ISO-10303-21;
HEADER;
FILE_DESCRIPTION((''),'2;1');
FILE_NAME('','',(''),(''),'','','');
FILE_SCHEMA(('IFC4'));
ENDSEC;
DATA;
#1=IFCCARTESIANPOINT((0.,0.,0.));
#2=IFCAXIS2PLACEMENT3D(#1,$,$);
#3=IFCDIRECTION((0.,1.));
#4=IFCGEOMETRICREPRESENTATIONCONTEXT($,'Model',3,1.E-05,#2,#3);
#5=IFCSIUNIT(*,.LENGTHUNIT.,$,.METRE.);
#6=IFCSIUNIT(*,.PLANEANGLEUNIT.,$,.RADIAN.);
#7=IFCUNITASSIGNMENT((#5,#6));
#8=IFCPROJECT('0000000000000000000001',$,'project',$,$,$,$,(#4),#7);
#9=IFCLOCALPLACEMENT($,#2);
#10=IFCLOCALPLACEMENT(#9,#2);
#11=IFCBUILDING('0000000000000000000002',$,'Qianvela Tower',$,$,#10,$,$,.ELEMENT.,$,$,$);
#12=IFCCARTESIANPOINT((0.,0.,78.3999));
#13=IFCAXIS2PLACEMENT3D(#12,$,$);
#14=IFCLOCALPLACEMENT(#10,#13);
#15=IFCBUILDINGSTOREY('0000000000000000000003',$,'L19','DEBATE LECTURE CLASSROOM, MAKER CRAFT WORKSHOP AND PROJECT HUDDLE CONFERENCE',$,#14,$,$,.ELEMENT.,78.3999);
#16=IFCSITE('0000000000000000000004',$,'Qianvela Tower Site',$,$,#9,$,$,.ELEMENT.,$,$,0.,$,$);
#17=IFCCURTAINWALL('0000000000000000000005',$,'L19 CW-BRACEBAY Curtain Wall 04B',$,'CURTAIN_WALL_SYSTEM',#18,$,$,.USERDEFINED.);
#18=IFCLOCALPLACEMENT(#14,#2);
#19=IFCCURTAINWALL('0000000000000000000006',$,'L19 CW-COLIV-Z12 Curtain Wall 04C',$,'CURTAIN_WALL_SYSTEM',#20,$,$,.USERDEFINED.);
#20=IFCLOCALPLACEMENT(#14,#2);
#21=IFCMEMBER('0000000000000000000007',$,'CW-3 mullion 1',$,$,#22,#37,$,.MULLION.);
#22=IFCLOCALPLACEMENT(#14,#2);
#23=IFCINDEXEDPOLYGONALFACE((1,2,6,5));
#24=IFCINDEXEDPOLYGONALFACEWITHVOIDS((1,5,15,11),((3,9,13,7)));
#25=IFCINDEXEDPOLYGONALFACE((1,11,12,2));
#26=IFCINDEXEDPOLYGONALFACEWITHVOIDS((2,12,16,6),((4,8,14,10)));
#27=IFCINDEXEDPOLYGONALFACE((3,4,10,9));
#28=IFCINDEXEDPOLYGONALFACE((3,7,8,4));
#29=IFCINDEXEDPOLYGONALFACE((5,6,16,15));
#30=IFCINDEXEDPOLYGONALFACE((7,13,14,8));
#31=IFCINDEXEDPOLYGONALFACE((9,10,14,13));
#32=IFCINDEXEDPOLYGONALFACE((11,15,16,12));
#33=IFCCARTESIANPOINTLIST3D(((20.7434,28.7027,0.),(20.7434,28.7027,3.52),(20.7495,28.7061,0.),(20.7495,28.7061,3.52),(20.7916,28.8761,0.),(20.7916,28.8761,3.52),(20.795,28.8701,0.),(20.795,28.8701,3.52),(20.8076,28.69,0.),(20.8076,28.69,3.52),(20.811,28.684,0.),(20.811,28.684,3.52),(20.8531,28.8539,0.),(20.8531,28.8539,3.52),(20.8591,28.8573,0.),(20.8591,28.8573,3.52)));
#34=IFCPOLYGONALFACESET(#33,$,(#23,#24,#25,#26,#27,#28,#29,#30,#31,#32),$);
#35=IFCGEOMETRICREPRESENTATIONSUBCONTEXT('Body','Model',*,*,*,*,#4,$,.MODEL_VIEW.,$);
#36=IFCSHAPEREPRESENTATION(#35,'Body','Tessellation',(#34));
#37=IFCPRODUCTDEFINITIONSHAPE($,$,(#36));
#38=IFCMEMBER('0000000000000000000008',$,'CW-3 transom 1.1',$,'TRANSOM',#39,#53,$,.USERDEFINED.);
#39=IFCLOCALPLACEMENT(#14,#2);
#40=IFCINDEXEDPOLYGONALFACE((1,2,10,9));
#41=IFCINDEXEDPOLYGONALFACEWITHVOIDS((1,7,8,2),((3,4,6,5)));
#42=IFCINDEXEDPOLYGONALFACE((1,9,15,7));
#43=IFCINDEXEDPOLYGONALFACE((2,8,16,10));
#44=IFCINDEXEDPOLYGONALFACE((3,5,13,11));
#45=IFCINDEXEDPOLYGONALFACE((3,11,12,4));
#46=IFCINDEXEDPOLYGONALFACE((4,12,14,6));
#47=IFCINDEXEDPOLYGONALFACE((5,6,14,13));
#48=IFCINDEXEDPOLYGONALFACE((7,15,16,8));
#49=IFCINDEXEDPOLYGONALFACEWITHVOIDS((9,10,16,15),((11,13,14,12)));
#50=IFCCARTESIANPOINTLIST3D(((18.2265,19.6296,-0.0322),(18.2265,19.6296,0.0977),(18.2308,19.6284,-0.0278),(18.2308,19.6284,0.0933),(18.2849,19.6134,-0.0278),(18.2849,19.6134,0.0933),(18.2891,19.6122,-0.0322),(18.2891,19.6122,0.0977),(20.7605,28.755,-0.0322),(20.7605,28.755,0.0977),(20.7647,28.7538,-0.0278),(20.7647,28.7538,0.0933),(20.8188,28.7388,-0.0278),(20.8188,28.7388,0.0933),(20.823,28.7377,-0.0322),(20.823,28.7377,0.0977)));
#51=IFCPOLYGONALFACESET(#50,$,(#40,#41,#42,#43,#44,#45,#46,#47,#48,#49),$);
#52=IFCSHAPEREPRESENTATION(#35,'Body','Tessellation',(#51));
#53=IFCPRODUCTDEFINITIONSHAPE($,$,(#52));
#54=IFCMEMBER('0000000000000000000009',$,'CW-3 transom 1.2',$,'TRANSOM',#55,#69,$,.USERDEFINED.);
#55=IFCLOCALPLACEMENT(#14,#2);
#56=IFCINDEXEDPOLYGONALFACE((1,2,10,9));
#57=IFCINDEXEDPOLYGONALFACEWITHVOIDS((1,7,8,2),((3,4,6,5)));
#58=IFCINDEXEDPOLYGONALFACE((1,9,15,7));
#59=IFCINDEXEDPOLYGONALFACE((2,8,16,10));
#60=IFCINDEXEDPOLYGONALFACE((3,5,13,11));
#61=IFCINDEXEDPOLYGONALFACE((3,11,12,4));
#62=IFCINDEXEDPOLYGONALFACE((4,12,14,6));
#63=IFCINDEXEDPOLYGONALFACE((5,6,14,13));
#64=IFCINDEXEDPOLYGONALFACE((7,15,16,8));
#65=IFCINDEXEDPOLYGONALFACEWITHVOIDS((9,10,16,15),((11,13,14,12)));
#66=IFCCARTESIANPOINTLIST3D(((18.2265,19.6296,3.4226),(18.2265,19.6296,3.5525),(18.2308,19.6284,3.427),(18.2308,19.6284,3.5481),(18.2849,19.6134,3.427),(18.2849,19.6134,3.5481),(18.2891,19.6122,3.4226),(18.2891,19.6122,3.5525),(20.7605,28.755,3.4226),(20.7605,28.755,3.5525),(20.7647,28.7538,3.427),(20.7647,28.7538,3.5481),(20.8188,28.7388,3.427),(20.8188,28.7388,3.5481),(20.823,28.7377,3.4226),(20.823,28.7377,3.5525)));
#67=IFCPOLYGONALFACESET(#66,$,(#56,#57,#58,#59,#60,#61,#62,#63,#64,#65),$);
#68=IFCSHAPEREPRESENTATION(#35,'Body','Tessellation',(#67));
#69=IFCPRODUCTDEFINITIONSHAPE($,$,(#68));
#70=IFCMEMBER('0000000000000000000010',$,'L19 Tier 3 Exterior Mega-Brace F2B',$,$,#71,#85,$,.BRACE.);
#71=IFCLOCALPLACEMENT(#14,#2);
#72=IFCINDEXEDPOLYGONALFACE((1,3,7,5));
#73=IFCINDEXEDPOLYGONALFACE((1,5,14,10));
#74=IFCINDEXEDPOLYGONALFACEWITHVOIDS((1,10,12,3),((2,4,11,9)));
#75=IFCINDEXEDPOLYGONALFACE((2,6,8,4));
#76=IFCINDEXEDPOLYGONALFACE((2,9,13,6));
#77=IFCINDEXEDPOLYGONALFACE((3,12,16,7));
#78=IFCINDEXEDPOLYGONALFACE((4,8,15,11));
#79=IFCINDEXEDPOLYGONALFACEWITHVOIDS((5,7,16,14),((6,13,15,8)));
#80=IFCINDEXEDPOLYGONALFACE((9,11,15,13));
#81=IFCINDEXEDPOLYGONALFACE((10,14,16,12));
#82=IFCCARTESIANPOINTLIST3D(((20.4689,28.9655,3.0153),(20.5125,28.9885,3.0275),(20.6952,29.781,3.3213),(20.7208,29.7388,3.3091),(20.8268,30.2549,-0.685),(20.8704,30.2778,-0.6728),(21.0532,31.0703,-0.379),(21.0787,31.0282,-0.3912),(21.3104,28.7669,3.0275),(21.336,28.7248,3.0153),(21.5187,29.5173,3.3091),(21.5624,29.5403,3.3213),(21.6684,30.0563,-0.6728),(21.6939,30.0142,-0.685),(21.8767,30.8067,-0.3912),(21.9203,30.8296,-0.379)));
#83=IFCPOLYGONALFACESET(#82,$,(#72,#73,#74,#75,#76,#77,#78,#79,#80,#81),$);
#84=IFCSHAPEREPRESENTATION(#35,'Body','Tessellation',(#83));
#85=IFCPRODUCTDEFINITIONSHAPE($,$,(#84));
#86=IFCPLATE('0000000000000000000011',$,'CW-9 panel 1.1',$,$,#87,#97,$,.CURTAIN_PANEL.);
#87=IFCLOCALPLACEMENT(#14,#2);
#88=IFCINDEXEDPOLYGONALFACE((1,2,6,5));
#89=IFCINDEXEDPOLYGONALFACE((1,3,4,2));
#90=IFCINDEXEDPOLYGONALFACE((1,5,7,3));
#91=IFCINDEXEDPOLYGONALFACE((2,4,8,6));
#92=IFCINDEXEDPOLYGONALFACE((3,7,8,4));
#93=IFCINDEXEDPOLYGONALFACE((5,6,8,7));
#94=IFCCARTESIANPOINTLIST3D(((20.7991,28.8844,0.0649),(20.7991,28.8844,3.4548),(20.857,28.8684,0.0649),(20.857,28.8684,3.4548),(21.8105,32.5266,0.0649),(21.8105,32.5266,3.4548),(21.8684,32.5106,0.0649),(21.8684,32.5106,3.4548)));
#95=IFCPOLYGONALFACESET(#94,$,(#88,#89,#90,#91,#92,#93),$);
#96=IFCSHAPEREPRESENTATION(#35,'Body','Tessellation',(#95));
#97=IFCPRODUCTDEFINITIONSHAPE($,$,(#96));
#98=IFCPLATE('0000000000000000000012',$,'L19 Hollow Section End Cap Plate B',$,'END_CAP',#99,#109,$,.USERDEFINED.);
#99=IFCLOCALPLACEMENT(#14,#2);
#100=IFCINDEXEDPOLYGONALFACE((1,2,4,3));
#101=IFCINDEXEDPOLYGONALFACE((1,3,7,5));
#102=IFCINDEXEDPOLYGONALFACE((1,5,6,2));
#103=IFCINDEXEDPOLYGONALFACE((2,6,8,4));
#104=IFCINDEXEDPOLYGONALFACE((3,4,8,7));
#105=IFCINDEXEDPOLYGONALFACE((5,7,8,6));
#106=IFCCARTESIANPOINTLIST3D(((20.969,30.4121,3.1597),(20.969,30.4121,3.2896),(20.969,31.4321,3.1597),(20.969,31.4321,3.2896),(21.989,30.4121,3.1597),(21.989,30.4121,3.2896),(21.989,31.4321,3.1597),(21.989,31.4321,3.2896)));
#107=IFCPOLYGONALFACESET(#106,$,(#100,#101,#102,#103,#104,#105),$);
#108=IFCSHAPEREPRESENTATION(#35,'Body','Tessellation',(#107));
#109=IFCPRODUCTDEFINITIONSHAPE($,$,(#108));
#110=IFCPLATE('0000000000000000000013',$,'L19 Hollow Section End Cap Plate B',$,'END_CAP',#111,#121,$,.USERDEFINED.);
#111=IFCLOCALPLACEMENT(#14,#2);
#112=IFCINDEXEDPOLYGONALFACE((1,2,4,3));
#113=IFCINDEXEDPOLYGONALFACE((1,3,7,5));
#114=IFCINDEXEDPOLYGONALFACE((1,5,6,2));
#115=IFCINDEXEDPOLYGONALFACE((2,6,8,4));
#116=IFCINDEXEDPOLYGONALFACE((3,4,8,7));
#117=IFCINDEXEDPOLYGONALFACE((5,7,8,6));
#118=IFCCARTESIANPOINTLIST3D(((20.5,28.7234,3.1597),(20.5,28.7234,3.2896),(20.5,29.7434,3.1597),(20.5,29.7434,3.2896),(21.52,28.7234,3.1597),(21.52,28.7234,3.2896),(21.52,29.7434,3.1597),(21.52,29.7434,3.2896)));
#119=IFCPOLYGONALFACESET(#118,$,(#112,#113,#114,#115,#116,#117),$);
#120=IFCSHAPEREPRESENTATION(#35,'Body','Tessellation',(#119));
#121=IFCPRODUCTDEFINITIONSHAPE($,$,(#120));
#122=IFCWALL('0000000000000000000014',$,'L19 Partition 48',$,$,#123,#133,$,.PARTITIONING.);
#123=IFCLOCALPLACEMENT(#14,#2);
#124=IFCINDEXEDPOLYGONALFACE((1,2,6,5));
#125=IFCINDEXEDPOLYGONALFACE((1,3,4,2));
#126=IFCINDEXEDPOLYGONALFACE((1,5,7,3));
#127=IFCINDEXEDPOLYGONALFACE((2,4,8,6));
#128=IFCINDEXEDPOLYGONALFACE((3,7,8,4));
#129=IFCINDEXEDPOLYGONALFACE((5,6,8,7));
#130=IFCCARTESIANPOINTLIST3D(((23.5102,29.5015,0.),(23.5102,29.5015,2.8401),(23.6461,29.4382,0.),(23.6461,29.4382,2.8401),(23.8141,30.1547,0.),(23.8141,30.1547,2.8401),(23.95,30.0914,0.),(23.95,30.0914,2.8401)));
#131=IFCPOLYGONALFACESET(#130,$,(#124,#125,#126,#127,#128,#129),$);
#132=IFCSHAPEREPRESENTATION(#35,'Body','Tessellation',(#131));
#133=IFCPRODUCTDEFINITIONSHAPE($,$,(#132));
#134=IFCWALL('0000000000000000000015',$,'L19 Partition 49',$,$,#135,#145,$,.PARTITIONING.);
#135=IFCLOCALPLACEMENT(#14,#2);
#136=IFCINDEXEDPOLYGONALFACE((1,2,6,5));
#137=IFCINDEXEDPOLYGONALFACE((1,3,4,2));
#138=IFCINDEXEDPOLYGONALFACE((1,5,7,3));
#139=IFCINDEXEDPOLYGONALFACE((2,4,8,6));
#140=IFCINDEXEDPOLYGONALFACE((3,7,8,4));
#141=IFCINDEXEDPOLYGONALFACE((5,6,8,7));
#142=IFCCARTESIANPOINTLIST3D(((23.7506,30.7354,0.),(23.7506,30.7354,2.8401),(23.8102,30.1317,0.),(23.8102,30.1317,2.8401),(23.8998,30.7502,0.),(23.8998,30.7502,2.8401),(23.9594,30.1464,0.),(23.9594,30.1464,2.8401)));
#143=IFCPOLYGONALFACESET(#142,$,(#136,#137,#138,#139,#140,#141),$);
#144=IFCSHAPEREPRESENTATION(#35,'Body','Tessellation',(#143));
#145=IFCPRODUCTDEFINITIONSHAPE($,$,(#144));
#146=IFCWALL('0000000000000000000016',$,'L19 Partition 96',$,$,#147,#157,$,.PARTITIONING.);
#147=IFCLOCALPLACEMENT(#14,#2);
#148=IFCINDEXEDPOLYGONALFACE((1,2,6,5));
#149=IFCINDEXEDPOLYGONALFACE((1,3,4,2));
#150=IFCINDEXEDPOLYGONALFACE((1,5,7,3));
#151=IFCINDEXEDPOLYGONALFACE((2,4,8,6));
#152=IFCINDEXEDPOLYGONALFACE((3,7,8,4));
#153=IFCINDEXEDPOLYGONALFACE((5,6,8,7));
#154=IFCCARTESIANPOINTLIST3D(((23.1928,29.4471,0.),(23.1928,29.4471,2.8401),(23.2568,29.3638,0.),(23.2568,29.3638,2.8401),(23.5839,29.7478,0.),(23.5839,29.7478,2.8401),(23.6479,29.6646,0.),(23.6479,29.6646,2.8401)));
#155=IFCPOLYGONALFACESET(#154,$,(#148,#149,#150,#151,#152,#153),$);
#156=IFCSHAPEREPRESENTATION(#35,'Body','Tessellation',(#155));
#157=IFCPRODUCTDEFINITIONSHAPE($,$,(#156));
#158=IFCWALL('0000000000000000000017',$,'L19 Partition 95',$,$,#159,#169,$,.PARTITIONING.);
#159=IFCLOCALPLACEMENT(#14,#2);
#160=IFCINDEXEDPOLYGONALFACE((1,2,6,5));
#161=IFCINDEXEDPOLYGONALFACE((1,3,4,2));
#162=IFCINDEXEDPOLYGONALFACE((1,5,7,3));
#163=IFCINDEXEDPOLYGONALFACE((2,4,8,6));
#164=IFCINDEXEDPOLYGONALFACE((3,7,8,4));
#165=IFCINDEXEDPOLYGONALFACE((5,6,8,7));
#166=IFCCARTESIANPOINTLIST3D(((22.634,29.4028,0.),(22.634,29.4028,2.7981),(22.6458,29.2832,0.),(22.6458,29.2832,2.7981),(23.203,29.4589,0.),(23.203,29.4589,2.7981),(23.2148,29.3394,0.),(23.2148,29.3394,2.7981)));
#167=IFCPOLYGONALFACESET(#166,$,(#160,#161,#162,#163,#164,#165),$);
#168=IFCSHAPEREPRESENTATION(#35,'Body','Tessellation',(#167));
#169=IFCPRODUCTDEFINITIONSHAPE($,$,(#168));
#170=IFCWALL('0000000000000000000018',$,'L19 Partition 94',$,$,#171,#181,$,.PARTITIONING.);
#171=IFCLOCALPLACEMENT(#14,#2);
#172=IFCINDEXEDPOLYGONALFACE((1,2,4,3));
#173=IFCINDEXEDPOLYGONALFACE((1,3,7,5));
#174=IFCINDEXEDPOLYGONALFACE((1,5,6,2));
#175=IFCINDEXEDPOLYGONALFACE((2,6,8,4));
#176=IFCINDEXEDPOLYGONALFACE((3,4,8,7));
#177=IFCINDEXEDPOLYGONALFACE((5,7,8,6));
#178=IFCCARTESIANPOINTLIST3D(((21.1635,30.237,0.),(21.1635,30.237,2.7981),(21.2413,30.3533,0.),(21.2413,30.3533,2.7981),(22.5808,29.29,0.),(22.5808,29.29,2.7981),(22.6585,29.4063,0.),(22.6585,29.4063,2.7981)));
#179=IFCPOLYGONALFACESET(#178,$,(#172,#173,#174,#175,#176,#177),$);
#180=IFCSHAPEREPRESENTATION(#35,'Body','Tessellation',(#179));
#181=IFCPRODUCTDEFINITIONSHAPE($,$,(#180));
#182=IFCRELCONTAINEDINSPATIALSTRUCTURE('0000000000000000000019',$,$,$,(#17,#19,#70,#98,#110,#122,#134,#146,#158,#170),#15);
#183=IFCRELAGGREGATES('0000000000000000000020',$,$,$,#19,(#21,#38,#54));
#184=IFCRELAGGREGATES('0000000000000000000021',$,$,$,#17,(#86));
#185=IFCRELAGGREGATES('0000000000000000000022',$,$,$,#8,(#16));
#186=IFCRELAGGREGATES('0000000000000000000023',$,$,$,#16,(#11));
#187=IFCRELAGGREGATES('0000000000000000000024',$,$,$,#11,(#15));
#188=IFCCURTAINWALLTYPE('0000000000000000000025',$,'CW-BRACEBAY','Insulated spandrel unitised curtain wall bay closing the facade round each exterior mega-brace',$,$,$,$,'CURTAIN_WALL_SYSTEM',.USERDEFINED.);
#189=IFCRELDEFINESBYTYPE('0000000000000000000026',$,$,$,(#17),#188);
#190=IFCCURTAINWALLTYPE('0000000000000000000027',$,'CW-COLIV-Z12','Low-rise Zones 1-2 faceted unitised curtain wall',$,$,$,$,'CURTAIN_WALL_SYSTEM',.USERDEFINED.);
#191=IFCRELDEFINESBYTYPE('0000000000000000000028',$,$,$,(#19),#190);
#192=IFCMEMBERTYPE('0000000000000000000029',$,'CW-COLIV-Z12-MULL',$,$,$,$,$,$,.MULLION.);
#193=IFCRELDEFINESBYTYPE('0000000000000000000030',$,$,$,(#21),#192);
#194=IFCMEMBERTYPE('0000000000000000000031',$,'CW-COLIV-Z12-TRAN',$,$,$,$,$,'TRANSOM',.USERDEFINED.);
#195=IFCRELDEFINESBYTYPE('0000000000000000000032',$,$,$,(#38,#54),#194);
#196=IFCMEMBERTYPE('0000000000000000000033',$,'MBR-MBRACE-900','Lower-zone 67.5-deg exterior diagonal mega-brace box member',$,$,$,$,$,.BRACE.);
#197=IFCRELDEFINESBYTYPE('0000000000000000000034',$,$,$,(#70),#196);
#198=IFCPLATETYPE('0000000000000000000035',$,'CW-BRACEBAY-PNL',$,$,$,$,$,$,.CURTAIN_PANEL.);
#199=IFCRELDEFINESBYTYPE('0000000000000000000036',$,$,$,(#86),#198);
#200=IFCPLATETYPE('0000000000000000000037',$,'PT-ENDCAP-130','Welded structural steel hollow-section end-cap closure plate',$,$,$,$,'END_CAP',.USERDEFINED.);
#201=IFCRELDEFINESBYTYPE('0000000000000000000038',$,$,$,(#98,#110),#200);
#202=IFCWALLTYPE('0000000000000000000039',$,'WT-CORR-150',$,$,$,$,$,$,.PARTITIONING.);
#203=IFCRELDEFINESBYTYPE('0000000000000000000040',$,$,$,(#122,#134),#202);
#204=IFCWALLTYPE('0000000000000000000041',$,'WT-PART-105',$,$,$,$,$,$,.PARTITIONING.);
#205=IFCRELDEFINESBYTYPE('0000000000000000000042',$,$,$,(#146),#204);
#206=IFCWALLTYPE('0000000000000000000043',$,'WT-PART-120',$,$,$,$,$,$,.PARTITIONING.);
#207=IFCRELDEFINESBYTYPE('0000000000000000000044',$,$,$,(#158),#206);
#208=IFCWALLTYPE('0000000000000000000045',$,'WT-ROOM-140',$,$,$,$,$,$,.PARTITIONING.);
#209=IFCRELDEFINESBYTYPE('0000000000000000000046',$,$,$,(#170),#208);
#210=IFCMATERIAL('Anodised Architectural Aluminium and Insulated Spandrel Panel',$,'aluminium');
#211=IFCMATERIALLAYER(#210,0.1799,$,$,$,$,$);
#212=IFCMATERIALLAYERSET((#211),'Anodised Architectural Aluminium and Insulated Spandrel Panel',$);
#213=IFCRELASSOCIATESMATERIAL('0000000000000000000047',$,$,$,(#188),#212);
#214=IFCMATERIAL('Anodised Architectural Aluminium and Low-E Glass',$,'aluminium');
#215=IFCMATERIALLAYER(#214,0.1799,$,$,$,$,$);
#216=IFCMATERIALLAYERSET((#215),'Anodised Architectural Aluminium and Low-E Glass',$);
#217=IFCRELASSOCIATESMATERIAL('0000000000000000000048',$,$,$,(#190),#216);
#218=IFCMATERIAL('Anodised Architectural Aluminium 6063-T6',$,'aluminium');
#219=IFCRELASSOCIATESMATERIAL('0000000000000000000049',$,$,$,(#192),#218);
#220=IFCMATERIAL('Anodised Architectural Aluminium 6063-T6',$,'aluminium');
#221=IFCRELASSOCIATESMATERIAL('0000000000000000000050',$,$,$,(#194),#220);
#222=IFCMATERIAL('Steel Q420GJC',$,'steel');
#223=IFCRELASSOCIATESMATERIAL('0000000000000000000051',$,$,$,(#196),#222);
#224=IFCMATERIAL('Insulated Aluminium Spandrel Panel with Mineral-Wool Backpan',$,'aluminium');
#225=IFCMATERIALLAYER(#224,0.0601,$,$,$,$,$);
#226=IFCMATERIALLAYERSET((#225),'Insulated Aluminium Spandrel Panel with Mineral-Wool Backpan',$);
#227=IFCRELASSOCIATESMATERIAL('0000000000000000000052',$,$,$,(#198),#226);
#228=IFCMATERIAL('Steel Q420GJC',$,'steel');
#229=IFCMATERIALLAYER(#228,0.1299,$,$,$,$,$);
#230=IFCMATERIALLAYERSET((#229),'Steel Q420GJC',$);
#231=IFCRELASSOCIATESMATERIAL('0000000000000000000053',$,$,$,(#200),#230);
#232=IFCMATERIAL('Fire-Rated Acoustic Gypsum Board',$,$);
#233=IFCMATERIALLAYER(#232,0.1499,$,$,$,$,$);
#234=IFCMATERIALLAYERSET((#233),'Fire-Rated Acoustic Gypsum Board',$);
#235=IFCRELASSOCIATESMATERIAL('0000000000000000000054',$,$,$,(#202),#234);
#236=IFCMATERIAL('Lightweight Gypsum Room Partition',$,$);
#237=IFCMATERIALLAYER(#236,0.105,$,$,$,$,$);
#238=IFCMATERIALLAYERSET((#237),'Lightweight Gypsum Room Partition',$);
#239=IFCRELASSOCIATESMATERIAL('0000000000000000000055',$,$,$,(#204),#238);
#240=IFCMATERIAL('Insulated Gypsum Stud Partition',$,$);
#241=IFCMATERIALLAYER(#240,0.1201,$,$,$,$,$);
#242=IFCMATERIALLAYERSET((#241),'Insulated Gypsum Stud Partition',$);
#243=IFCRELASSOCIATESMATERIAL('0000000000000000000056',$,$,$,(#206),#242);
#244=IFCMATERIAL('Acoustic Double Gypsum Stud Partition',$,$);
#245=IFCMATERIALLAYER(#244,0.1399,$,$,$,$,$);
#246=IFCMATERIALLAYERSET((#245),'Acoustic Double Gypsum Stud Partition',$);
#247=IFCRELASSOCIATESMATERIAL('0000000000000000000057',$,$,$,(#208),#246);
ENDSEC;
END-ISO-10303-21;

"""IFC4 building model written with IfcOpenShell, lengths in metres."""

from ifc_helpers import new_model, si_unit, direction, frame, frame_2d, origin, origin_2d, place, context, subcontext, project, spatial, rectangle, hollow_rectangle, extrude, material, layer, layer_set, material_profile, profile_set, type_object, element, aggregate, save


model = new_model("IFC4")

# Units and contexts
model_context = context("Model", 3, precision=1e-05, world=origin(), true_north=direction((0.0, 1.0)))
body_context = subcontext(model_context, "Body", "Model", "MODEL_VIEW")
ifc_project = project(units=[si_unit("LENGTHUNIT", "METRE"), si_unit("PLANEANGLEUNIT", "RADIAN")], contexts=[model_context])

# Site, building, storey
site_placement = place(None, origin())
site = spatial("IfcSite", under=ifc_project, at=site_placement, Name="Qianvela Tower Site", CompositionType="ELEMENT", RefElevation=0.0)
building_placement = place(site_placement, origin())
building = spatial("IfcBuilding", under=site, at=building_placement, Name="Qianvela Tower", CompositionType="ELEMENT")
storey_placement = place(building_placement, frame((0.0, 0.0, 78.3999)))
storey = spatial("IfcBuildingStorey", under=building, at=storey_placement, Name="L19", Description="DEBATE LECTURE CLASSROOM, MAKER CRAFT WORKSHOP AND PROJECT HUDDLE CONFERENCE", CompositionType="ELEMENT", Elevation=78.3999)

# Curtain wall
ifc_material_1 = material(Name="Anodised Architectural Aluminium and Insulated Spandrel Panel", Category="aluminium")
ifc_layer_1 = layer(ifc_material_1, 0.1799)
ifc_layer_set_1 = layer_set([ifc_layer_1], Name="Anodised Architectural Aluminium and Insulated Spandrel Panel")
curtain_wall_type_1 = type_object("IfcCurtainWallType", Name="CW-BRACEBAY", Description="Insulated spandrel unitised curtain wall bay closing the facade round each exterior mega-brace", ElementType="CURTAIN_WALL_SYSTEM", PredefinedType="USERDEFINED", material=ifc_layer_set_1)
curtain_wall_1_placement = place(storey_placement, origin())
curtain_wall_1 = element("IfcCurtainWall", 1, at=curtain_wall_1_placement, inside=storey, type_object=curtain_wall_type_1, Name="L19 CW-BRACEBAY Curtain Wall 04B", ObjectType="CURTAIN_WALL_SYSTEM", PredefinedType="USERDEFINED")

# Curtain wall, members
ifc_material_2 = material(Name="Anodised Architectural Aluminium and Low-E Glass", Category="aluminium")
ifc_layer_2 = layer(ifc_material_2, 0.1799)
ifc_layer_set_2 = layer_set([ifc_layer_2], Name="Anodised Architectural Aluminium and Low-E Glass")
curtain_wall_type_2 = type_object("IfcCurtainWallType", Name="CW-COLIV-Z12", Description="Low-rise Zones 1-2 faceted unitised curtain wall", ElementType="CURTAIN_WALL_SYSTEM", PredefinedType="USERDEFINED", material=ifc_layer_set_2)
curtain_wall_2_placement = place(storey_placement, origin())
curtain_wall_2 = element("IfcCurtainWall", 2, at=curtain_wall_2_placement, inside=storey, type_object=curtain_wall_type_2, Name="L19 CW-COLIV-Z12 Curtain Wall 04C", ObjectType="CURTAIN_WALL_SYSTEM", PredefinedType="USERDEFINED")
ifc_material_3 = material(Name="Anodised Architectural Aluminium 6063-T6", Category="aluminium")
ifc_material_profile_1 = material_profile(ifc_material_3, hollow_rectangle(XDim=0.0701, YDim=0.1799, WallThickness=0.0049, at=origin_2d()), Name="ALU-MULL-70x180")
ifc_profile_set_1 = profile_set([ifc_material_profile_1], Name="Anodised Architectural Aluminium 6063-T6")
member_type_1 = type_object("IfcMemberType", Name="CW-COLIV-Z12-MULL", PredefinedType="MULLION", material=ifc_profile_set_1)
member_1_placement = place(storey_placement, frame((20.8013, 28.78, 0.0), z_axis=(0.0, 0.0, 1.0), x_axis=(0.963538, -0.267573, 0.0)))
member_1 = element("IfcMember", 3, at=member_1_placement, type_object=member_type_1, Name="CW-3 mullion 1", PredefinedType="MULLION", context=body_context, shape_type="SweptSolid", body=[
    extrude(hollow_rectangle(XDim=0.0701, YDim=0.1799, WallThickness=0.0049, at=origin_2d()), origin(), (0.0, 0.0, 1.0), 3.52),
])
ifc_material_4 = material(Name="Anodised Architectural Aluminium 6063-T6", Category="aluminium")
ifc_material_profile_2 = material_profile(ifc_material_4, hollow_rectangle(XDim=0.0649, YDim=0.1299, WallThickness=0.0044, at=origin_2d()), Name="ALU-TRAN-65x130")
ifc_profile_set_2 = profile_set([ifc_material_profile_2], Name="Anodised Architectural Aluminium 6063-T6")
member_type_2 = type_object("IfcMemberType", Name="CW-COLIV-Z12-TRAN", ElementType="TRANSOM", PredefinedType="USERDEFINED", material=ifc_profile_set_2)
member_2_placement = place(storey_placement, frame((20.7917, 28.7463, 0.0327), z_axis=(-0.267553, -0.963543, 0.0), x_axis=(0.963543, -0.267553, 0.0)))
member_2 = element("IfcMember", 4, at=member_2_placement, type_object=member_type_2, Name="CW-3 transom 1.1", ObjectType="TRANSOM", PredefinedType="USERDEFINED", context=body_context, shape_type="SweptSolid", body=[
    extrude(hollow_rectangle(XDim=0.0649, YDim=0.1299, WallThickness=0.0044, at=origin_2d()), origin(), (0.0, 0.0, 1.0), 9.4707),
])
member_3_placement = place(storey_placement, frame((20.7917, 28.7463, 3.4875), z_axis=(-0.267553, -0.963543, 0.0), x_axis=(0.963543, -0.267553, 0.0)))
member_3 = element("IfcMember", 5, at=member_3_placement, type_object=member_type_2, Name="CW-3 transom 1.2", ObjectType="TRANSOM", PredefinedType="USERDEFINED", context=body_context, shape_type="SweptSolid", body=[
    extrude(hollow_rectangle(XDim=0.0649, YDim=0.1299, WallThickness=0.0044, at=origin_2d()), origin(), (0.0, 0.0, 1.0), 9.4707),
])
aggregate(curtain_wall_2, [member_1, member_2, member_3])

# Member
ifc_material_5 = material(Name="Steel Q420GJC", Category="steel")
ifc_material_profile_3 = material_profile(ifc_material_5, hollow_rectangle(XDim=0.8999, YDim=0.8999, WallThickness=0.0359, at=origin_2d()), Name="MBOX-900x900x36")
ifc_profile_set_3 = profile_set([ifc_material_profile_3], Name="Steel Q420GJC")
member_type_3 = type_object("IfcMemberType", Name="MBR-MBRACE-900", Description="Lower-zone 67.5-deg exterior diagonal mega-brace box member", PredefinedType="BRACE", material=ifc_profile_set_3)
member_4_placement = place(storey_placement, frame((21.3735, 30.5422, -0.532), z_axis=(-0.090963, -0.327676, 0.940401), x_axis=(0.963562, -0.267484, 0.0)))
element("IfcMember", 6, at=member_4_placement, inside=storey, type_object=member_type_3, Name="L19 Tier 3 Exterior Mega-Brace F2B", PredefinedType="BRACE", context=body_context, shape_type="SweptSolid", body=[
    extrude(hollow_rectangle(XDim=0.8999, YDim=0.8999, WallThickness=0.0359, at=origin_2d()), origin(), (0.0, 0.0, 1.0), 3.9348),
])

# Plate
ifc_material_6 = material(Name="Insulated Aluminium Spandrel Panel with Mineral-Wool Backpan", Category="aluminium")
ifc_layer_3 = layer(ifc_material_6, 0.0601)
ifc_layer_set_3 = layer_set([ifc_layer_3], Name="Insulated Aluminium Spandrel Panel with Mineral-Wool Backpan")
plate_type_1 = type_object("IfcPlateType", Name="CW-BRACEBAY-PNL", PredefinedType="CURTAIN_PANEL", material=ifc_layer_set_3)
plate_placement = place(storey_placement, frame((21.3337, 30.6975, 0.0649), z_axis=(0.0, 0.0, 1.0), x_axis=(-0.267573, -0.963538, 0.0)))
plate = element("IfcPlate", 7, at=plate_placement, type_object=plate_type_1, Name="CW-9 panel 1.1", PredefinedType="CURTAIN_PANEL", context=body_context, shape_type="SweptSolid", body=[
    extrude(rectangle(XDim=3.78, YDim=0.0601, at=origin_2d()), origin(), (0.0, 0.0, 1.0), 3.3899),
])
aggregate(curtain_wall_1, [plate])

# Plates
ifc_material_7 = material(Name="Steel Q420GJC", Category="steel")
ifc_layer_4 = layer(ifc_material_7, 0.1299)
ifc_layer_set_4 = layer_set([ifc_layer_4], Name="Steel Q420GJC")
plate_type_2 = type_object("IfcPlateType", Name="PT-ENDCAP-130", Description="Welded structural steel hollow-section end-cap closure plate", ElementType="END_CAP", PredefinedType="USERDEFINED", material=ifc_layer_set_4)
for number, where, z_axis, x_axis, name in (
    (8, (21.479, 30.9221, 3.1597), (0.0, 0.0, 1.0), (1.0, 0.0, 0.0), "L19 Hollow Section End Cap Plate B"),
    (9, (21.01, 29.2334, 3.1597), (0.0, 0.0, 1.0), (1.0, 0.0, 0.0), "L19 Hollow Section End Cap Plate B"),
):
    element("IfcPlate", number, at=place(storey_placement, frame(where, z_axis=z_axis, x_axis=x_axis)), inside=storey, type_object=plate_type_2, Name=name, ObjectType="END_CAP", PredefinedType="USERDEFINED", context=body_context, shape_type="SweptSolid", body=[
        extrude(rectangle(XDim=1.02, YDim=1.02, at=origin_2d()), origin(), (0.0, 0.0, 1.0), 0.1299),
    ])

# Walls
ifc_material_8 = material(Name="Fire-Rated Acoustic Gypsum Board")
ifc_layer_5 = layer(ifc_material_8, 0.1499)
ifc_layer_set_5 = layer_set([ifc_layer_5], Name="Fire-Rated Acoustic Gypsum Board")
wall_type_1 = type_object("IfcWallType", Name="WT-CORR-150", PredefinedType="PARTITIONING", material=ifc_layer_set_5)
wall_1_placement = place(storey_placement, frame((23.5781, 29.4697, 0.0), z_axis=(0.0, 0.0, 1.0), x_axis=(0.421828, 0.906676, 0.0)))
element("IfcWall", 10, at=wall_1_placement, inside=storey, type_object=wall_type_1, Name="L19 Partition 48", PredefinedType="PARTITIONING", context=body_context, shape_type="SweptSolid", body=[
    extrude(rectangle(XDim=0.7205, YDim=0.1499, at=frame_2d((0.3604, 0.0))), origin(), (0.0, 0.0, 1.0), 2.8401),
])
wall_2_placement = place(storey_placement, frame((23.8848, 30.1392, 0.0), z_axis=(0.0, 0.0, 1.0), x_axis=(-0.098189, 0.995168, 0.0)))
element("IfcWall", 11, at=wall_2_placement, inside=storey, type_object=wall_type_1, Name="L19 Partition 49", PredefinedType="PARTITIONING", context=body_context, shape_type="SweptSolid", body=[
    extrude(rectangle(XDim=0.6067, YDim=0.1499, at=frame_2d((0.3032, 0.0))), origin(), (0.0, 0.0, 1.0), 2.8401),
])
ifc_material_9 = material(Name="Lightweight Gypsum Room Partition")
ifc_layer_6 = layer(ifc_material_9, 0.105)
ifc_layer_set_6 = layer_set([ifc_layer_6], Name="Lightweight Gypsum Room Partition")
wall_type_2 = type_object("IfcWallType", Name="WT-PART-105", PredefinedType="PARTITIONING", material=ifc_layer_set_6)
wall_3_placement = place(storey_placement, frame((23.2249, 29.4055, 0.0), z_axis=(0.0, 0.0, 1.0), x_axis=(0.792698, 0.609615, 0.0)))
element("IfcWall", 12, at=wall_3_placement, inside=storey, type_object=wall_type_2, Name="L19 Partition 96", PredefinedType="PARTITIONING", context=body_context, shape_type="SweptSolid", body=[
    extrude(rectangle(XDim=0.4934, YDim=0.105, at=frame_2d((0.2466, 0.0))), origin(), (0.0, 0.0, 1.0), 2.8401),
])
ifc_material_10 = material(Name="Insulated Gypsum Stud Partition")
ifc_layer_7 = layer(ifc_material_10, 0.1201)
ifc_layer_set_7 = layer_set([ifc_layer_7], Name="Insulated Gypsum Stud Partition")
wall_type_3 = type_object("IfcWallType", Name="WT-PART-120", PredefinedType="PARTITIONING", material=ifc_layer_set_7)
wall_4_placement = place(storey_placement, frame((22.6399, 29.343, 0.0), z_axis=(0.0, 0.0, 1.0), x_axis=(0.995167, 0.098193, 0.0)))
element("IfcWall", 13, at=wall_4_placement, inside=storey, type_object=wall_type_3, Name="L19 Partition 95", PredefinedType="PARTITIONING", context=body_context, shape_type="SweptSolid", body=[
    extrude(rectangle(XDim=0.5718, YDim=0.1201, at=frame_2d((0.2859, 0.0))), origin(), (0.0, 0.0, 1.0), 2.7981),
])
ifc_material_11 = material(Name="Acoustic Double Gypsum Stud Partition")
ifc_layer_8 = layer(ifc_material_11, 0.1399)
ifc_layer_set_8 = layer_set([ifc_layer_8], Name="Acoustic Double Gypsum Stud Partition")
wall_type_4 = type_object("IfcWallType", Name="WT-ROOM-140", PredefinedType="PARTITIONING", material=ifc_layer_set_8)
wall_5_placement = place(storey_placement, frame((21.2024, 30.2952, 0.0), z_axis=(0.0, 0.0, 1.0), x_axis=(0.831455, -0.555592, 0.0)))
element("IfcWall", 14, at=wall_5_placement, inside=storey, type_object=wall_type_4, Name="L19 Partition 94", PredefinedType="PARTITIONING", context=body_context, shape_type="SweptSolid", body=[
    extrude(rectangle(XDim=1.7046, YDim=0.1399, at=frame_2d((0.8523, 0.0))), origin(), (0.0, 0.0, 1.0), 2.7981),
])

save(model, "model.ifc")
